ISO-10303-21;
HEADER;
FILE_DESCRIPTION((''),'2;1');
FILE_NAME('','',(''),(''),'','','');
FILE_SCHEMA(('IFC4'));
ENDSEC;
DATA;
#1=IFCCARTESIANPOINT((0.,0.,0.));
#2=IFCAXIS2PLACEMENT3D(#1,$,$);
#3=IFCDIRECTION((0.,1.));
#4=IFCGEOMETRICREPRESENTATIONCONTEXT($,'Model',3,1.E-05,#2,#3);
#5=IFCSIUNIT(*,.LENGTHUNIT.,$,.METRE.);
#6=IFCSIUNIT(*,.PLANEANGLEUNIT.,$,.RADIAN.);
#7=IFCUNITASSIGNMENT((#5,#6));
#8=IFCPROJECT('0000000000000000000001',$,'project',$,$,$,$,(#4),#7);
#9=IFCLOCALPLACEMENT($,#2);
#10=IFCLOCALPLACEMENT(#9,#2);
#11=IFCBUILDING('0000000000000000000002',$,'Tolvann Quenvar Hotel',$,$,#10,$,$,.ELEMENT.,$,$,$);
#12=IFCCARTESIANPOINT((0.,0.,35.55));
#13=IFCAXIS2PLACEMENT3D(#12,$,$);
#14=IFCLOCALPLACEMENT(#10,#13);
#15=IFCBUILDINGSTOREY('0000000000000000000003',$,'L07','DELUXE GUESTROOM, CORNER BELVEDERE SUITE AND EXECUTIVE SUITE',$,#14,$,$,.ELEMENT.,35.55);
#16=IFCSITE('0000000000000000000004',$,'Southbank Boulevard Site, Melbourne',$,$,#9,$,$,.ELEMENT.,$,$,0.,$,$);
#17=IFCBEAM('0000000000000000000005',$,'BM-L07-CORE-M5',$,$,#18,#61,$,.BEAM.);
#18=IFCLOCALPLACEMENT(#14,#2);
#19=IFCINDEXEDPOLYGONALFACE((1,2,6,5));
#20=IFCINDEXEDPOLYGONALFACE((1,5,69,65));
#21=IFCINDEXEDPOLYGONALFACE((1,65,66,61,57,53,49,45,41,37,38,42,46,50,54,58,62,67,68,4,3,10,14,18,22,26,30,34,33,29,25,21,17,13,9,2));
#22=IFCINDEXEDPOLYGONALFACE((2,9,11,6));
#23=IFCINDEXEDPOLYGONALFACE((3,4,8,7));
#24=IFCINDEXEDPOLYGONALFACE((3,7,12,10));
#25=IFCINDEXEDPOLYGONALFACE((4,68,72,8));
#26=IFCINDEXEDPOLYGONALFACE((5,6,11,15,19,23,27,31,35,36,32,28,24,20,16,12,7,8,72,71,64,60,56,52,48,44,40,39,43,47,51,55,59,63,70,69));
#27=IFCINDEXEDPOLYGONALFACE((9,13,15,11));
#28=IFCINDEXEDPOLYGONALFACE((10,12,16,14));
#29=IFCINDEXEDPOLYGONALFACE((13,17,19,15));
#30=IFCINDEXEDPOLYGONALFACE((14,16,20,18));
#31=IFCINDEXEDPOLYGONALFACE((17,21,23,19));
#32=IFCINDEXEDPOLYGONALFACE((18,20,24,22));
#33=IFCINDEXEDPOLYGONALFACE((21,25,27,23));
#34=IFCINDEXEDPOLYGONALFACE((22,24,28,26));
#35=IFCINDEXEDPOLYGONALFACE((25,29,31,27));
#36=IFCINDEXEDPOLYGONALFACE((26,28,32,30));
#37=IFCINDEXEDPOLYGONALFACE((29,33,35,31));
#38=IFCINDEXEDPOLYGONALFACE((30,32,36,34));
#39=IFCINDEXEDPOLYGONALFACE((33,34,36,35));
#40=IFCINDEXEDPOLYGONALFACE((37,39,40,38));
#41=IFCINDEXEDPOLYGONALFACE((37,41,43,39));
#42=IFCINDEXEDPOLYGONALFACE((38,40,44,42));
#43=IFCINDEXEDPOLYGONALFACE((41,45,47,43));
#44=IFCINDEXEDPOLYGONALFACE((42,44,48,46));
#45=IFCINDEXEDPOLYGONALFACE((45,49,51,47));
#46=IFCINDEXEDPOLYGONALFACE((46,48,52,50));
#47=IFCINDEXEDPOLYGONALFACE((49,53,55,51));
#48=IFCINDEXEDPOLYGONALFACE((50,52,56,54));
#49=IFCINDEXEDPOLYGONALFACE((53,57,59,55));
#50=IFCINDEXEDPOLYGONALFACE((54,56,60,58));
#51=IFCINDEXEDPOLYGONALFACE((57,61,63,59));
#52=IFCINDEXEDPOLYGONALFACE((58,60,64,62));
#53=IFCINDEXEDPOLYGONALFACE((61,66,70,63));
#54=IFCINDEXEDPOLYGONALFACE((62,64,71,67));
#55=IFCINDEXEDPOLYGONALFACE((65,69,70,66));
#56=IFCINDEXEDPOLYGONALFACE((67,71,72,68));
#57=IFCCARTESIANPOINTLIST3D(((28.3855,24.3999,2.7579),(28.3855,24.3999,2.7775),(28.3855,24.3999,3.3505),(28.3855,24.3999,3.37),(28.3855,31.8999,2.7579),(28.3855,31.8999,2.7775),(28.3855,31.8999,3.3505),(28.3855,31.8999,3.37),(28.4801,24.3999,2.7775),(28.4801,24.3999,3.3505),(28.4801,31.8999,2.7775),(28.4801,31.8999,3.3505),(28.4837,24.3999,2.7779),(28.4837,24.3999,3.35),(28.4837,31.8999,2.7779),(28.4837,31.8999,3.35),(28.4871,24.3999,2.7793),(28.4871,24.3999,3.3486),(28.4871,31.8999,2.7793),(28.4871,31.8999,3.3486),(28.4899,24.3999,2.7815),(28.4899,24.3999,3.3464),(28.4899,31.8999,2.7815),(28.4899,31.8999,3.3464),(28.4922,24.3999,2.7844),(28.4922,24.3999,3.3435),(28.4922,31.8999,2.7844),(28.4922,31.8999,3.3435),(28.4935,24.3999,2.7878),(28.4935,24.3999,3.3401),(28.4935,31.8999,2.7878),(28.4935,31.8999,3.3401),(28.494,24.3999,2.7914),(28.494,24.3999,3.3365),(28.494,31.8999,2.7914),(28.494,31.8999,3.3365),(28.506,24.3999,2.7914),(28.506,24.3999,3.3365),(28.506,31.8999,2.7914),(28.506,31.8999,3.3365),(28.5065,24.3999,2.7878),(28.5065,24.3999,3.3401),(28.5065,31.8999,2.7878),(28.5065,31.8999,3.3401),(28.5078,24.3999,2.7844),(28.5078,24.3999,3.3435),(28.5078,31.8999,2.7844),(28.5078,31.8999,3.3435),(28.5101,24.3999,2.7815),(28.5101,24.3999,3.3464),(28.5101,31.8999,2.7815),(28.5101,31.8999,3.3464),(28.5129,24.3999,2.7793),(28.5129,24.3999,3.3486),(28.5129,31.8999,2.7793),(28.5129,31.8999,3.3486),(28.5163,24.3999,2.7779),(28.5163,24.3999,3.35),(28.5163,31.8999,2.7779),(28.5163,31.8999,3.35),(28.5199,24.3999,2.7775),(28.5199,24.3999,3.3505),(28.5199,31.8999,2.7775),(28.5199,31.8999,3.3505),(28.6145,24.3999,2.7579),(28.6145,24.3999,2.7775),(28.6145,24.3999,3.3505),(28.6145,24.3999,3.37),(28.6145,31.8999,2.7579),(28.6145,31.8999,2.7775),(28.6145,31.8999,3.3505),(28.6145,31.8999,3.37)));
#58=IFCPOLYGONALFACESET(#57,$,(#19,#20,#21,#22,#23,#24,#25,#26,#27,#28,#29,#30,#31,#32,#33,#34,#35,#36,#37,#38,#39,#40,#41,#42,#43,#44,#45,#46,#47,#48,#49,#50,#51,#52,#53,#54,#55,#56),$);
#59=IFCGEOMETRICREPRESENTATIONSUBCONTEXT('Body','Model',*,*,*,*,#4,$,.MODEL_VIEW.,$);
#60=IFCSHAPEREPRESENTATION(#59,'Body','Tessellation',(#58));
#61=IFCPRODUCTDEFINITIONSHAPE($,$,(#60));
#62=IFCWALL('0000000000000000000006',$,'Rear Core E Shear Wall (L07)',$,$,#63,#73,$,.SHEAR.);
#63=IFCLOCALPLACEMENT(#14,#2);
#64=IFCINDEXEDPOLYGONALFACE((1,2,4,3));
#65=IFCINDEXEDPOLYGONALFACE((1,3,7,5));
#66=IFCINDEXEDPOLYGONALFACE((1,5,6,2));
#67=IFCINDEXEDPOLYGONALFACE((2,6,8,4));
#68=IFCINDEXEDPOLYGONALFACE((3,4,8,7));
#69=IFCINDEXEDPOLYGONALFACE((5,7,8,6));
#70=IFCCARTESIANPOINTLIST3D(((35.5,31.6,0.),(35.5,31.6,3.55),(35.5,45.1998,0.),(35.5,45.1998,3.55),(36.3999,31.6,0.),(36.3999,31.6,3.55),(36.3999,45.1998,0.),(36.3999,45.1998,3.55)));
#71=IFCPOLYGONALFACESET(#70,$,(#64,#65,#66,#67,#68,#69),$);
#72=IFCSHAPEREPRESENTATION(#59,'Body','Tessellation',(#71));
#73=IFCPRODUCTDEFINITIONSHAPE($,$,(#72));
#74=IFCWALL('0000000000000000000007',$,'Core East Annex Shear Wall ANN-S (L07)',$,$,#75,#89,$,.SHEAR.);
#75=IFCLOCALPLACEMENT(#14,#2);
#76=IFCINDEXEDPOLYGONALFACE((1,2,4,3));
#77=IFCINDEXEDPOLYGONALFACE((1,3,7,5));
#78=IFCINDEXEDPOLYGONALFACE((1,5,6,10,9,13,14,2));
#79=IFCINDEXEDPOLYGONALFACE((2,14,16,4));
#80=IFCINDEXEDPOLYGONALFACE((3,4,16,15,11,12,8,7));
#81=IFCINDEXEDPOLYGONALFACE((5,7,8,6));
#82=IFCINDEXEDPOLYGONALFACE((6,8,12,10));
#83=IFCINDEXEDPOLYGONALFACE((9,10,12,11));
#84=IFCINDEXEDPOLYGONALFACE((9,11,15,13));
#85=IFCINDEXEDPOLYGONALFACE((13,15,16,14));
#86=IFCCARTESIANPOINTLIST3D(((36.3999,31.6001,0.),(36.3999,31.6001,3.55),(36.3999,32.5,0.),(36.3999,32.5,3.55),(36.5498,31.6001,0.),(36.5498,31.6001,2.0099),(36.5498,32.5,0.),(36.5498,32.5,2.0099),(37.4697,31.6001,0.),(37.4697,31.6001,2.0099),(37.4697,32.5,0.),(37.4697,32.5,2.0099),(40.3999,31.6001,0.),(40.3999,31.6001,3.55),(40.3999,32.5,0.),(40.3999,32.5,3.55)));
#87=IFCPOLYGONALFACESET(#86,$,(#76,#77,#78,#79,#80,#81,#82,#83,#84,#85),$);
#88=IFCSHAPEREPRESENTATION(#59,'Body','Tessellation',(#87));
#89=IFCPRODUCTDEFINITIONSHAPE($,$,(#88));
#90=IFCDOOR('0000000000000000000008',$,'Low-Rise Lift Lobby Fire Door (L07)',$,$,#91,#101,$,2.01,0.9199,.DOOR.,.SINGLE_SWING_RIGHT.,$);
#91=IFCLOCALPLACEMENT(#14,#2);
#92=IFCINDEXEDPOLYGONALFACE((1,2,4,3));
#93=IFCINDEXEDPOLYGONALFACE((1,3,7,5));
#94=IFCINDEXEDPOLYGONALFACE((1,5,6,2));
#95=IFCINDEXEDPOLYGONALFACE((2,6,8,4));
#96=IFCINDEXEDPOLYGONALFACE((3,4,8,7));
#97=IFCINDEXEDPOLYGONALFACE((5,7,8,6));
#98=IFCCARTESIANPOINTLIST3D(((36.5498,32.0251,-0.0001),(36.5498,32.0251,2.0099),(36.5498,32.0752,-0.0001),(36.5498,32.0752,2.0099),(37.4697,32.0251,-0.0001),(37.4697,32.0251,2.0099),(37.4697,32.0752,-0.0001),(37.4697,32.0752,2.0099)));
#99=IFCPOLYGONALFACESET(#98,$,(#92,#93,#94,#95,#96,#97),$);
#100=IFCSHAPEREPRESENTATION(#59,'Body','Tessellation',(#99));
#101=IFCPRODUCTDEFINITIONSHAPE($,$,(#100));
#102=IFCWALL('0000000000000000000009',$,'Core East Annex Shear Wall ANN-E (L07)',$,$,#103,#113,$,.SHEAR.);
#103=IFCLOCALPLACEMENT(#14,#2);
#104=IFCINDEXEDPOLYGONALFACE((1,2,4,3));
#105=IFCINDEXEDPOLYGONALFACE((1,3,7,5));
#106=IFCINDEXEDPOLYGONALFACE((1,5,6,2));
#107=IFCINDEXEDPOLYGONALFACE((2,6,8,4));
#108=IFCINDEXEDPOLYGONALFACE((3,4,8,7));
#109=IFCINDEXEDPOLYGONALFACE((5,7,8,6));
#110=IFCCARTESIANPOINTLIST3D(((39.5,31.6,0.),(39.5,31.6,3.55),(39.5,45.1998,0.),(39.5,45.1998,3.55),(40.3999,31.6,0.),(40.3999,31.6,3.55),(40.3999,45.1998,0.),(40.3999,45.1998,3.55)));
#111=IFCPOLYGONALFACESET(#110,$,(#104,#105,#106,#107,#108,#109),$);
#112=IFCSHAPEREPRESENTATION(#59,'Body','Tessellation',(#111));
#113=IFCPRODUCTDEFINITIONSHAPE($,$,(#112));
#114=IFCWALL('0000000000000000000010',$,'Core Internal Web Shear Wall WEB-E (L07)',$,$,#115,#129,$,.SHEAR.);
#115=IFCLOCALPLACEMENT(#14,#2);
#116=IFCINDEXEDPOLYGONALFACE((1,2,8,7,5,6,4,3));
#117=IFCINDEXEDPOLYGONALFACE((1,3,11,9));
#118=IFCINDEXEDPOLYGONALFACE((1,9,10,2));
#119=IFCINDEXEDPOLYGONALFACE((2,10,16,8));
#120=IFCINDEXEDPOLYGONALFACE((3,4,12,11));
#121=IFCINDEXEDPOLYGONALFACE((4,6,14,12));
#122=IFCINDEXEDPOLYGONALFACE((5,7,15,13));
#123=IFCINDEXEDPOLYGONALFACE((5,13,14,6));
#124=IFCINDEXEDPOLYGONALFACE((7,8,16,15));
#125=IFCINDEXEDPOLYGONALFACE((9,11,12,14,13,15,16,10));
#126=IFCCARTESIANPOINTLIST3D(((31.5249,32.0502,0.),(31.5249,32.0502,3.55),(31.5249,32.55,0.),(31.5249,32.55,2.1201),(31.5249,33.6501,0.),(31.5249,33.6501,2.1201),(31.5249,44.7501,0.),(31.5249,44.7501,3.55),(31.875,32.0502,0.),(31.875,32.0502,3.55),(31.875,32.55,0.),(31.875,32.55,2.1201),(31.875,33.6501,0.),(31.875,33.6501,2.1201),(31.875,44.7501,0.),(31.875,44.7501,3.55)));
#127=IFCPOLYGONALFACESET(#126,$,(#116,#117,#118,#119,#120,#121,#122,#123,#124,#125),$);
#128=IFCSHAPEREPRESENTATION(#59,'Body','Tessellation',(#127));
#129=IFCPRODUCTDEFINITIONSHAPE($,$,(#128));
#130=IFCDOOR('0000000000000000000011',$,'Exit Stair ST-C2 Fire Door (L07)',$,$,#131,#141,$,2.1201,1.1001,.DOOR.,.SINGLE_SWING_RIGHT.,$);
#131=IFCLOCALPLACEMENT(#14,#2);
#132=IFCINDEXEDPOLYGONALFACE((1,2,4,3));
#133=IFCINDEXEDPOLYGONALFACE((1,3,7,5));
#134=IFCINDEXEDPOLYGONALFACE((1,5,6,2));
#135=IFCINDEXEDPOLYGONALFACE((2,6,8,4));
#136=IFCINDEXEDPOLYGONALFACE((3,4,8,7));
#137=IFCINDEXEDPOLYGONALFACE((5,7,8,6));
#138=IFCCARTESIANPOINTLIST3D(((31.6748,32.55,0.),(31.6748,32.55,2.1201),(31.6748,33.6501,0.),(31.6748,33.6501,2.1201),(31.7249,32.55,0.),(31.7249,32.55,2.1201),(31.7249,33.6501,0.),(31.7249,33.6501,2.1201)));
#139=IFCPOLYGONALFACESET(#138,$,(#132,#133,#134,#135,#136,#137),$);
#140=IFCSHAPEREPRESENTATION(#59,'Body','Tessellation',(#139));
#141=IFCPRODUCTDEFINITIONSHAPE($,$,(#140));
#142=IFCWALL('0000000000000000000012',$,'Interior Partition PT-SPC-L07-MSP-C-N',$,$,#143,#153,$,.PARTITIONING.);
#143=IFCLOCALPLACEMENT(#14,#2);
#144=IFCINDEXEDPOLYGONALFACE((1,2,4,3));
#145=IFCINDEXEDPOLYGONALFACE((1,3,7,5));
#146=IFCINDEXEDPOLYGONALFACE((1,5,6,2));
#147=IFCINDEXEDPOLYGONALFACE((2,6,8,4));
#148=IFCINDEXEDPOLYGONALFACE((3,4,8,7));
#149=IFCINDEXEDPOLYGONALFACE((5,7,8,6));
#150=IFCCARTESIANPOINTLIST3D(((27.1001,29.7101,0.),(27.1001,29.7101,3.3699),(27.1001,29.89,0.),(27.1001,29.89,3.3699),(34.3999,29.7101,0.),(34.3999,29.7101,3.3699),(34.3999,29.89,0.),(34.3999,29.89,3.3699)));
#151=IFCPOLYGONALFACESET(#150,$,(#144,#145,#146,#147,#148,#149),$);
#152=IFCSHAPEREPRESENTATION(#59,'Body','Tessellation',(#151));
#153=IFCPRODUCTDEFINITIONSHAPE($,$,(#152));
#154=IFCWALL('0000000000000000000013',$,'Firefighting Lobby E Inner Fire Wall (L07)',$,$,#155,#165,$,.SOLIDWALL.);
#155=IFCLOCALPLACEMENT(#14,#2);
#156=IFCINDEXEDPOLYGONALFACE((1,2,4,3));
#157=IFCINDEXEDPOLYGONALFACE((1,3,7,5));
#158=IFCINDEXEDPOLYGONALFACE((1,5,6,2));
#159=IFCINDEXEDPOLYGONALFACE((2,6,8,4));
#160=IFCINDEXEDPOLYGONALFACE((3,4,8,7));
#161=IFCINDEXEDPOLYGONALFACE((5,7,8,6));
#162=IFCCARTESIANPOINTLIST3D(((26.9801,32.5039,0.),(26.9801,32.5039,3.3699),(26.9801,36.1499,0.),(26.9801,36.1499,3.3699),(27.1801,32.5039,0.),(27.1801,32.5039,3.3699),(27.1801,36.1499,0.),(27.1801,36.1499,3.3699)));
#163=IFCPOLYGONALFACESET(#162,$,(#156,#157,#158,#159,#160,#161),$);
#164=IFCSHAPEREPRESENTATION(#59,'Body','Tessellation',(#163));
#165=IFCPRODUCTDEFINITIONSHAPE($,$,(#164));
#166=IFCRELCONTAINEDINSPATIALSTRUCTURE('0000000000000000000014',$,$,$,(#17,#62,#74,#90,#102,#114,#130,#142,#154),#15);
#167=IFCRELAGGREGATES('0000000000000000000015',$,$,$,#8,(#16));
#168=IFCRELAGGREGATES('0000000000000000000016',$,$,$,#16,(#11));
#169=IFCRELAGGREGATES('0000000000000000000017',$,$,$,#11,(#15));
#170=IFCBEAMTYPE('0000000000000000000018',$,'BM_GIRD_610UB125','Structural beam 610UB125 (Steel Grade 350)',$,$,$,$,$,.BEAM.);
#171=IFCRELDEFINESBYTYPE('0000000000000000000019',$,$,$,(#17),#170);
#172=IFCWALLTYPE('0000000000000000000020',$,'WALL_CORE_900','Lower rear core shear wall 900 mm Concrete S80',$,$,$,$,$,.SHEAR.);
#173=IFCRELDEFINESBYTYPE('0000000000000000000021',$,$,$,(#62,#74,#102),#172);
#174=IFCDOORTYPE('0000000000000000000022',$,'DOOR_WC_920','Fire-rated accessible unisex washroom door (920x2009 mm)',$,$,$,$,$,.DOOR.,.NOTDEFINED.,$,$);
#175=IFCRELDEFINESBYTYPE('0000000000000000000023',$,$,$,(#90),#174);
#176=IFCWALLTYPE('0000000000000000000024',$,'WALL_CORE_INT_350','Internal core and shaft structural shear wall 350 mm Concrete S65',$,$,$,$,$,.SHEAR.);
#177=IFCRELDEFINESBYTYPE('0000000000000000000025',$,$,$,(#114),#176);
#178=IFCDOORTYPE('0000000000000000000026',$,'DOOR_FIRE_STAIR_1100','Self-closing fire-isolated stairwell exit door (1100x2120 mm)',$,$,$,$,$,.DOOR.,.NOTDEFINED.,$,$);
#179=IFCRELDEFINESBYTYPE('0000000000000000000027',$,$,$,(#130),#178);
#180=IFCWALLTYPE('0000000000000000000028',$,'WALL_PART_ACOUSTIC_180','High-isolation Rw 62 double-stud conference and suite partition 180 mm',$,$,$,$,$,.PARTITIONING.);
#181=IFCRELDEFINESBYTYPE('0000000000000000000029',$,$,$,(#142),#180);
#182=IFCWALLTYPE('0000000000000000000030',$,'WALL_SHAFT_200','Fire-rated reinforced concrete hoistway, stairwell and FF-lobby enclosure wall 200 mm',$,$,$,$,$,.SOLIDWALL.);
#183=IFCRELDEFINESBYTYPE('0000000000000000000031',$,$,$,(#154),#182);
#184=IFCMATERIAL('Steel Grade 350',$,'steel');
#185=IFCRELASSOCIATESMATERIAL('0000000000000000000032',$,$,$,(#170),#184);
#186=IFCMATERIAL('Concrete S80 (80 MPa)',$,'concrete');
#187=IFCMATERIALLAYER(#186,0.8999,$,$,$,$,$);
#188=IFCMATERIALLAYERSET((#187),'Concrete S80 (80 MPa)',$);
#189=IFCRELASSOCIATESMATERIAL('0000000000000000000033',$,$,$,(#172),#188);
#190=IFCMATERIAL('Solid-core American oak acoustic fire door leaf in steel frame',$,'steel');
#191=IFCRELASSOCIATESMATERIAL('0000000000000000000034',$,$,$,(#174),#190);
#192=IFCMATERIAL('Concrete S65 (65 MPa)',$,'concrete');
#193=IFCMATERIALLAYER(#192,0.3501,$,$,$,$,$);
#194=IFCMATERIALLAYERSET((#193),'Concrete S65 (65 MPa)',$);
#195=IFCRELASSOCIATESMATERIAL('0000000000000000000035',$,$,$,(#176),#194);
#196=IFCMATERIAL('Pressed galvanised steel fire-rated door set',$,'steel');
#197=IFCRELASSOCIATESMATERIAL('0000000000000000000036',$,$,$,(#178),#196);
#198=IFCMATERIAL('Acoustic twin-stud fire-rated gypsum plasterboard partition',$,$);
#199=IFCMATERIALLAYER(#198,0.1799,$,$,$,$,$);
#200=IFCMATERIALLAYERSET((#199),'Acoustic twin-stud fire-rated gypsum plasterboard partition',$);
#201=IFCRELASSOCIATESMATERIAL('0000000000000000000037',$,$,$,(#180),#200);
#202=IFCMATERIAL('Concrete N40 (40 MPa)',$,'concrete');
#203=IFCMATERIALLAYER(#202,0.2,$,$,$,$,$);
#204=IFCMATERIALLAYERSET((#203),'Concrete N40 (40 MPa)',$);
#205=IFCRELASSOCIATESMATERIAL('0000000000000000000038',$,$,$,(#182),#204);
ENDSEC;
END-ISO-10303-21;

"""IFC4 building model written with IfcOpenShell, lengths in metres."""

from ifc_helpers import new_model, si_unit, direction, frame, frame_2d, origin, origin_2d, place, context, subcontext, project, spatial, rectangle, i_section, extrude, source, transform, mapped, material, layer, layer_set, material_profile, profile_set, type_object, type_shapes, element, fill, save


model = new_model("IFC4")

# Units and contexts
model_context = context("Model", 3, precision=1e-05, world=origin(), true_north=direction((0.0, 1.0)))
body_context = subcontext(model_context, "Body", "Model", "MODEL_VIEW")
ifc_project = project(units=[si_unit("LENGTHUNIT", "METRE"), si_unit("PLANEANGLEUNIT", "RADIAN")], contexts=[model_context])

# Site, building, storey
site_placement = place(None, origin())
site = spatial("IfcSite", under=ifc_project, at=site_placement, Name="Southbank Boulevard Site, Melbourne", CompositionType="ELEMENT", RefElevation=0.0)
building_placement = place(site_placement, origin())
building = spatial("IfcBuilding", under=site, at=building_placement, Name="Tolvann Quenvar Hotel", CompositionType="ELEMENT")
storey_placement = place(building_placement, frame((0.0, 0.0, 35.55)))
storey = spatial("IfcBuildingStorey", under=building, at=storey_placement, Name="L07", Description="DELUXE GUESTROOM, CORNER BELVEDERE SUITE AND EXECUTIVE SUITE", CompositionType="ELEMENT", Elevation=35.55)

# Shared definitions
ifc_material_1 = material(Name="Concrete S65 (65 MPa)", Category="concrete")

# Beam
ifc_material_2 = material(Name="Steel Grade 350", Category="steel")
ifc_material_profile_1 = material_profile(ifc_material_2, i_section(OverallWidth=0.229, OverallDepth=0.6121, WebThickness=0.012, FlangeThickness=0.0195, FilletRadius=0.0139, at=origin_2d()), Name="610UB125")
ifc_profile_set_1 = profile_set([ifc_material_profile_1], Name="Steel Grade 350")
beam_type = type_object("IfcBeamType", Name="BM_GIRD_610UB125", Description="Structural beam 610UB125 (Steel Grade 350)", PredefinedType="BEAM", material=ifc_profile_set_1)
shared_shape_1 = source(origin(), body_context, "Body", "SweptSolid", [
    extrude(i_section(OverallWidth=0.229, OverallDepth=0.6121, WebThickness=0.012, FlangeThickness=0.0195, FilletRadius=0.0139, at=origin_2d()), origin(), (0.0, 0.0, 1.0), 7.5),
])
for number, where, z_axis, x_axis, name in (
    (1, (28.5, 24.3999, 3.064), (0.0, 1.0, 0.0), (-1.0, 0.0, 0.0), "BM-L07-CORE-M5"),
):
    element("IfcBeam", number, at=place(storey_placement, frame(where, z_axis=z_axis, x_axis=x_axis)), inside=storey, type_object=beam_type, Name=name, PredefinedType="BEAM", context=body_context, shape_type="MappedRepresentation", body=[
        mapped(shared_shape_1, transform((0.0, 0.0, 0.0), x_axis=(1.0, 0.0, 0.0), y_axis=(0.0, 1.0, 0.0), z_axis=(0.0, 0.0, 1.0), scale=1.0)),
    ])

# Wall
ifc_material_3 = material(Name="Concrete S80 (80 MPa)", Category="concrete")
ifc_layer_1 = layer(ifc_material_3, 0.8999)
ifc_layer_set_1 = layer_set([ifc_layer_1], Name="Concrete S80 (80 MPa)")
wall_type_1 = type_object("IfcWallType", Name="WALL_CORE_900", Description="Lower rear core shear wall 900 mm Concrete S80", PredefinedType="SHEAR", material=ifc_layer_set_1)
wall_1_placement = place(storey_placement, frame((35.95, 31.6001, 0.0), z_axis=(0.0, 0.0, 1.0), x_axis=(0.0, 1.0, 0.0)))
element("IfcWall", 2, at=wall_1_placement, inside=storey, type_object=wall_type_1, Name="Rear Core E Shear Wall (L07)", PredefinedType="SHEAR", context=body_context, shape_type="SweptSolid", body=[
    extrude(rectangle(XDim=13.5999, YDim=0.8999, at=frame_2d((6.7998, 0.0))), origin(), (0.0, 0.0, 1.0), 3.55),
])

# Wall, opening, door
wall_2_placement = place(storey_placement, frame((36.3999, 32.05, 0.0), z_axis=(0.0, 0.0, 1.0), x_axis=(1.0, 0.0, 0.0)))
wall_2 = element("IfcWall", 3, at=wall_2_placement, inside=storey, type_object=wall_type_1, Name="Core East Annex Shear Wall ANN-S (L07)", PredefinedType="SHEAR", context=body_context, shape_type="SweptSolid", body=[
    extrude(rectangle(XDim=4.0, YDim=0.8999, at=frame_2d((2.0, 0.0))), origin(), (0.0, 0.0, 1.0), 3.55),
])
opening_1_placement = place(wall_2_placement, frame((1.0698, 0.0, 0.0), z_axis=(0.0, 0.0, 1.0), x_axis=(-1.0, 0.0, 0.0)))
opening_1 = element("IfcOpeningElement", 4, at=opening_1_placement, cuts=wall_2, PredefinedType="OPENING", context=body_context, shape_type="SweptSolid", body=[
    extrude(rectangle(XDim=0.9199, YDim=2.01, at=frame_2d((0.46, 1.0049))), frame((0.0, 0.46, 0.0), z_axis=(0.0, -1.0, 0.0), x_axis=(1.0, 0.0, 0.0)), (0.0, 0.0, 1.0), 0.9199),
])
ifc_material_4 = material(Name="Solid-core American oak acoustic fire door leaf in steel frame", Category="steel")
door_type_1 = type_object("IfcDoorType", Name="DOOR_WC_920", Description="Fire-rated accessible unisex washroom door (920x2009 mm)", OperationType="NOTDEFINED", PredefinedType="DOOR", material=ifc_material_4)
shared_shape_2 = source(origin(), body_context, "Body", "SweptSolid", [
    extrude(rectangle(XDim=0.9199, YDim=2.01, at=frame_2d((0.46, 1.0049))), frame((0.0, 0.0249, 0.0), z_axis=(0.0, -1.0, 0.0), x_axis=(1.0, 0.0, 0.0)), (0.0, 0.0, 1.0), 0.05),
])
type_shapes(door_type_1, [shared_shape_2])
door_1_placement = place(opening_1_placement, origin())
door_1 = element("IfcDoor", 5, at=door_1_placement, inside=storey, type_object=door_type_1, Name="Low-Rise Lift Lobby Fire Door (L07)", OperationType="SINGLE_SWING_RIGHT", OverallHeight=2.01, OverallWidth=0.9199, PredefinedType="DOOR", context=body_context, shape_type="MappedRepresentation", body=[
    mapped(shared_shape_2, transform((0.0, 0.0, 0.0), x_axis=(1.0, 0.0, 0.0), y_axis=(0.0, 1.0, 0.0), z_axis=(0.0, 0.0, 1.0), scale=1.0)),
])
fill(opening_1, door_1)

# Wall
wall_3_placement = place(storey_placement, frame((39.95, 31.6001, 0.0), z_axis=(0.0, 0.0, 1.0), x_axis=(0.0, 1.0, 0.0)))
element("IfcWall", 6, at=wall_3_placement, inside=storey, type_object=wall_type_1, Name="Core East Annex Shear Wall ANN-E (L07)", PredefinedType="SHEAR", context=body_context, shape_type="SweptSolid", body=[
    extrude(rectangle(XDim=13.5999, YDim=0.8999, at=frame_2d((6.7998, 0.0))), origin(), (0.0, 0.0, 1.0), 3.55),
])

# Wall, opening, door
ifc_layer_2 = layer(ifc_material_1, 0.3501)
ifc_layer_set_2 = layer_set([ifc_layer_2], Name="Concrete S65 (65 MPa)")
wall_type_2 = type_object("IfcWallType", Name="WALL_CORE_INT_350", Description="Internal core and shaft structural shear wall 350 mm Concrete S65", PredefinedType="SHEAR", material=ifc_layer_set_2)
wall_4_placement = place(storey_placement, frame((31.7, 32.05, 0.0), z_axis=(0.0, 0.0, 1.0), x_axis=(0.0, 1.0, 0.0)))
wall_4 = element("IfcWall", 7, at=wall_4_placement, inside=storey, type_object=wall_type_2, Name="Core Internal Web Shear Wall WEB-E (L07)", PredefinedType="SHEAR", context=body_context, shape_type="SweptSolid", body=[
    extrude(rectangle(XDim=12.7, YDim=0.3501, at=frame_2d((6.3501, 0.0))), origin(), (0.0, 0.0, 1.0), 3.55),
])
opening_2_placement = place(wall_4_placement, frame((1.6001, 0.0, 0.0), z_axis=(0.0, 0.0, 1.0), x_axis=(-1.0, 0.0, 0.0)))
opening_2 = element("IfcOpeningElement", 8, at=opening_2_placement, cuts=wall_4, PredefinedType="OPENING", context=body_context, shape_type="SweptSolid", body=[
    extrude(rectangle(XDim=1.1001, YDim=2.1201, at=frame_2d((0.55, 1.0601))), frame((0.0, 0.1851, 0.0), z_axis=(0.0, -1.0, 0.0), x_axis=(1.0, 0.0, 0.0)), (0.0, 0.0, 1.0), 0.3701),
])
ifc_material_5 = material(Name="Pressed galvanised steel fire-rated door set", Category="steel")
door_type_2 = type_object("IfcDoorType", Name="DOOR_FIRE_STAIR_1100", Description="Self-closing fire-isolated stairwell exit door (1100x2120 mm)", OperationType="NOTDEFINED", PredefinedType="DOOR", material=ifc_material_5)
shared_shape_3 = source(origin(), body_context, "Body", "SweptSolid", [
    extrude(rectangle(XDim=1.1001, YDim=2.1201, at=frame_2d((0.55, 1.0601))), frame((0.0, 0.0249, 0.0), z_axis=(0.0, -1.0, 0.0), x_axis=(1.0, 0.0, 0.0)), (0.0, 0.0, 1.0), 0.05),
])
type_shapes(door_type_2, [shared_shape_3])
door_2_placement = place(opening_2_placement, origin())
door_2 = element("IfcDoor", 9, at=door_2_placement, inside=storey, type_object=door_type_2, Name="Exit Stair ST-C2 Fire Door (L07)", OperationType="SINGLE_SWING_RIGHT", OverallHeight=2.1201, OverallWidth=1.1001, PredefinedType="DOOR", context=body_context, shape_type="MappedRepresentation", body=[
    mapped(shared_shape_3, transform((0.0, 0.0, 0.0), x_axis=(1.0, 0.0, 0.0), y_axis=(0.0, 1.0, 0.0), z_axis=(0.0, 0.0, 1.0), scale=1.0)),
])
fill(opening_2, door_2)

# Walls
ifc_material_6 = material(Name="Acoustic twin-stud fire-rated gypsum plasterboard partition")
ifc_layer_3 = layer(ifc_material_6, 0.1799)
ifc_layer_set_3 = layer_set([ifc_layer_3], Name="Acoustic twin-stud fire-rated gypsum plasterboard partition")
wall_type_3 = type_object("IfcWallType", Name="WALL_PART_ACOUSTIC_180", Description="High-isolation Rw 62 double-stud conference and suite partition 180 mm", PredefinedType="PARTITIONING", material=ifc_layer_set_3)
wall_5_placement = place(storey_placement, frame((27.1001, 29.8, 0.0), z_axis=(0.0, 0.0, 1.0), x_axis=(1.0, 0.0, 0.0)))
element("IfcWall", 10, at=wall_5_placement, inside=storey, type_object=wall_type_3, Name="Interior Partition PT-SPC-L07-MSP-C-N", PredefinedType="PARTITIONING", context=body_context, shape_type="SweptSolid", body=[
    extrude(rectangle(XDim=7.2998, YDim=0.1799, at=frame_2d((3.6499, 0.0))), origin(), (0.0, 0.0, 1.0), 3.3699),
])
ifc_material_7 = material(Name="Concrete N40 (40 MPa)", Category="concrete")
ifc_layer_4 = layer(ifc_material_7, 0.2)
ifc_layer_set_4 = layer_set([ifc_layer_4], Name="Concrete N40 (40 MPa)")
wall_type_4 = type_object("IfcWallType", Name="WALL_SHAFT_200", Description="Fire-rated reinforced concrete hoistway, stairwell and FF-lobby enclosure wall 200 mm", PredefinedType="SOLIDWALL", material=ifc_layer_set_4)
wall_6_placement = place(storey_placement, frame((27.0801, 32.5039, 0.0), z_axis=(0.0, 0.0, 1.0), x_axis=(0.0, 1.0, 0.0)))
element("IfcWall", 11, at=wall_6_placement, inside=storey, type_object=wall_type_4, Name="Firefighting Lobby E Inner Fire Wall (L07)", PredefinedType="SOLIDWALL", context=body_context, shape_type="SweptSolid", body=[
    extrude(rectangle(XDim=3.646, YDim=0.2, at=frame_2d((1.823, 0.0))), origin(), (0.0, 0.0, 1.0), 3.3699),
])

save(model, "model.ifc")
